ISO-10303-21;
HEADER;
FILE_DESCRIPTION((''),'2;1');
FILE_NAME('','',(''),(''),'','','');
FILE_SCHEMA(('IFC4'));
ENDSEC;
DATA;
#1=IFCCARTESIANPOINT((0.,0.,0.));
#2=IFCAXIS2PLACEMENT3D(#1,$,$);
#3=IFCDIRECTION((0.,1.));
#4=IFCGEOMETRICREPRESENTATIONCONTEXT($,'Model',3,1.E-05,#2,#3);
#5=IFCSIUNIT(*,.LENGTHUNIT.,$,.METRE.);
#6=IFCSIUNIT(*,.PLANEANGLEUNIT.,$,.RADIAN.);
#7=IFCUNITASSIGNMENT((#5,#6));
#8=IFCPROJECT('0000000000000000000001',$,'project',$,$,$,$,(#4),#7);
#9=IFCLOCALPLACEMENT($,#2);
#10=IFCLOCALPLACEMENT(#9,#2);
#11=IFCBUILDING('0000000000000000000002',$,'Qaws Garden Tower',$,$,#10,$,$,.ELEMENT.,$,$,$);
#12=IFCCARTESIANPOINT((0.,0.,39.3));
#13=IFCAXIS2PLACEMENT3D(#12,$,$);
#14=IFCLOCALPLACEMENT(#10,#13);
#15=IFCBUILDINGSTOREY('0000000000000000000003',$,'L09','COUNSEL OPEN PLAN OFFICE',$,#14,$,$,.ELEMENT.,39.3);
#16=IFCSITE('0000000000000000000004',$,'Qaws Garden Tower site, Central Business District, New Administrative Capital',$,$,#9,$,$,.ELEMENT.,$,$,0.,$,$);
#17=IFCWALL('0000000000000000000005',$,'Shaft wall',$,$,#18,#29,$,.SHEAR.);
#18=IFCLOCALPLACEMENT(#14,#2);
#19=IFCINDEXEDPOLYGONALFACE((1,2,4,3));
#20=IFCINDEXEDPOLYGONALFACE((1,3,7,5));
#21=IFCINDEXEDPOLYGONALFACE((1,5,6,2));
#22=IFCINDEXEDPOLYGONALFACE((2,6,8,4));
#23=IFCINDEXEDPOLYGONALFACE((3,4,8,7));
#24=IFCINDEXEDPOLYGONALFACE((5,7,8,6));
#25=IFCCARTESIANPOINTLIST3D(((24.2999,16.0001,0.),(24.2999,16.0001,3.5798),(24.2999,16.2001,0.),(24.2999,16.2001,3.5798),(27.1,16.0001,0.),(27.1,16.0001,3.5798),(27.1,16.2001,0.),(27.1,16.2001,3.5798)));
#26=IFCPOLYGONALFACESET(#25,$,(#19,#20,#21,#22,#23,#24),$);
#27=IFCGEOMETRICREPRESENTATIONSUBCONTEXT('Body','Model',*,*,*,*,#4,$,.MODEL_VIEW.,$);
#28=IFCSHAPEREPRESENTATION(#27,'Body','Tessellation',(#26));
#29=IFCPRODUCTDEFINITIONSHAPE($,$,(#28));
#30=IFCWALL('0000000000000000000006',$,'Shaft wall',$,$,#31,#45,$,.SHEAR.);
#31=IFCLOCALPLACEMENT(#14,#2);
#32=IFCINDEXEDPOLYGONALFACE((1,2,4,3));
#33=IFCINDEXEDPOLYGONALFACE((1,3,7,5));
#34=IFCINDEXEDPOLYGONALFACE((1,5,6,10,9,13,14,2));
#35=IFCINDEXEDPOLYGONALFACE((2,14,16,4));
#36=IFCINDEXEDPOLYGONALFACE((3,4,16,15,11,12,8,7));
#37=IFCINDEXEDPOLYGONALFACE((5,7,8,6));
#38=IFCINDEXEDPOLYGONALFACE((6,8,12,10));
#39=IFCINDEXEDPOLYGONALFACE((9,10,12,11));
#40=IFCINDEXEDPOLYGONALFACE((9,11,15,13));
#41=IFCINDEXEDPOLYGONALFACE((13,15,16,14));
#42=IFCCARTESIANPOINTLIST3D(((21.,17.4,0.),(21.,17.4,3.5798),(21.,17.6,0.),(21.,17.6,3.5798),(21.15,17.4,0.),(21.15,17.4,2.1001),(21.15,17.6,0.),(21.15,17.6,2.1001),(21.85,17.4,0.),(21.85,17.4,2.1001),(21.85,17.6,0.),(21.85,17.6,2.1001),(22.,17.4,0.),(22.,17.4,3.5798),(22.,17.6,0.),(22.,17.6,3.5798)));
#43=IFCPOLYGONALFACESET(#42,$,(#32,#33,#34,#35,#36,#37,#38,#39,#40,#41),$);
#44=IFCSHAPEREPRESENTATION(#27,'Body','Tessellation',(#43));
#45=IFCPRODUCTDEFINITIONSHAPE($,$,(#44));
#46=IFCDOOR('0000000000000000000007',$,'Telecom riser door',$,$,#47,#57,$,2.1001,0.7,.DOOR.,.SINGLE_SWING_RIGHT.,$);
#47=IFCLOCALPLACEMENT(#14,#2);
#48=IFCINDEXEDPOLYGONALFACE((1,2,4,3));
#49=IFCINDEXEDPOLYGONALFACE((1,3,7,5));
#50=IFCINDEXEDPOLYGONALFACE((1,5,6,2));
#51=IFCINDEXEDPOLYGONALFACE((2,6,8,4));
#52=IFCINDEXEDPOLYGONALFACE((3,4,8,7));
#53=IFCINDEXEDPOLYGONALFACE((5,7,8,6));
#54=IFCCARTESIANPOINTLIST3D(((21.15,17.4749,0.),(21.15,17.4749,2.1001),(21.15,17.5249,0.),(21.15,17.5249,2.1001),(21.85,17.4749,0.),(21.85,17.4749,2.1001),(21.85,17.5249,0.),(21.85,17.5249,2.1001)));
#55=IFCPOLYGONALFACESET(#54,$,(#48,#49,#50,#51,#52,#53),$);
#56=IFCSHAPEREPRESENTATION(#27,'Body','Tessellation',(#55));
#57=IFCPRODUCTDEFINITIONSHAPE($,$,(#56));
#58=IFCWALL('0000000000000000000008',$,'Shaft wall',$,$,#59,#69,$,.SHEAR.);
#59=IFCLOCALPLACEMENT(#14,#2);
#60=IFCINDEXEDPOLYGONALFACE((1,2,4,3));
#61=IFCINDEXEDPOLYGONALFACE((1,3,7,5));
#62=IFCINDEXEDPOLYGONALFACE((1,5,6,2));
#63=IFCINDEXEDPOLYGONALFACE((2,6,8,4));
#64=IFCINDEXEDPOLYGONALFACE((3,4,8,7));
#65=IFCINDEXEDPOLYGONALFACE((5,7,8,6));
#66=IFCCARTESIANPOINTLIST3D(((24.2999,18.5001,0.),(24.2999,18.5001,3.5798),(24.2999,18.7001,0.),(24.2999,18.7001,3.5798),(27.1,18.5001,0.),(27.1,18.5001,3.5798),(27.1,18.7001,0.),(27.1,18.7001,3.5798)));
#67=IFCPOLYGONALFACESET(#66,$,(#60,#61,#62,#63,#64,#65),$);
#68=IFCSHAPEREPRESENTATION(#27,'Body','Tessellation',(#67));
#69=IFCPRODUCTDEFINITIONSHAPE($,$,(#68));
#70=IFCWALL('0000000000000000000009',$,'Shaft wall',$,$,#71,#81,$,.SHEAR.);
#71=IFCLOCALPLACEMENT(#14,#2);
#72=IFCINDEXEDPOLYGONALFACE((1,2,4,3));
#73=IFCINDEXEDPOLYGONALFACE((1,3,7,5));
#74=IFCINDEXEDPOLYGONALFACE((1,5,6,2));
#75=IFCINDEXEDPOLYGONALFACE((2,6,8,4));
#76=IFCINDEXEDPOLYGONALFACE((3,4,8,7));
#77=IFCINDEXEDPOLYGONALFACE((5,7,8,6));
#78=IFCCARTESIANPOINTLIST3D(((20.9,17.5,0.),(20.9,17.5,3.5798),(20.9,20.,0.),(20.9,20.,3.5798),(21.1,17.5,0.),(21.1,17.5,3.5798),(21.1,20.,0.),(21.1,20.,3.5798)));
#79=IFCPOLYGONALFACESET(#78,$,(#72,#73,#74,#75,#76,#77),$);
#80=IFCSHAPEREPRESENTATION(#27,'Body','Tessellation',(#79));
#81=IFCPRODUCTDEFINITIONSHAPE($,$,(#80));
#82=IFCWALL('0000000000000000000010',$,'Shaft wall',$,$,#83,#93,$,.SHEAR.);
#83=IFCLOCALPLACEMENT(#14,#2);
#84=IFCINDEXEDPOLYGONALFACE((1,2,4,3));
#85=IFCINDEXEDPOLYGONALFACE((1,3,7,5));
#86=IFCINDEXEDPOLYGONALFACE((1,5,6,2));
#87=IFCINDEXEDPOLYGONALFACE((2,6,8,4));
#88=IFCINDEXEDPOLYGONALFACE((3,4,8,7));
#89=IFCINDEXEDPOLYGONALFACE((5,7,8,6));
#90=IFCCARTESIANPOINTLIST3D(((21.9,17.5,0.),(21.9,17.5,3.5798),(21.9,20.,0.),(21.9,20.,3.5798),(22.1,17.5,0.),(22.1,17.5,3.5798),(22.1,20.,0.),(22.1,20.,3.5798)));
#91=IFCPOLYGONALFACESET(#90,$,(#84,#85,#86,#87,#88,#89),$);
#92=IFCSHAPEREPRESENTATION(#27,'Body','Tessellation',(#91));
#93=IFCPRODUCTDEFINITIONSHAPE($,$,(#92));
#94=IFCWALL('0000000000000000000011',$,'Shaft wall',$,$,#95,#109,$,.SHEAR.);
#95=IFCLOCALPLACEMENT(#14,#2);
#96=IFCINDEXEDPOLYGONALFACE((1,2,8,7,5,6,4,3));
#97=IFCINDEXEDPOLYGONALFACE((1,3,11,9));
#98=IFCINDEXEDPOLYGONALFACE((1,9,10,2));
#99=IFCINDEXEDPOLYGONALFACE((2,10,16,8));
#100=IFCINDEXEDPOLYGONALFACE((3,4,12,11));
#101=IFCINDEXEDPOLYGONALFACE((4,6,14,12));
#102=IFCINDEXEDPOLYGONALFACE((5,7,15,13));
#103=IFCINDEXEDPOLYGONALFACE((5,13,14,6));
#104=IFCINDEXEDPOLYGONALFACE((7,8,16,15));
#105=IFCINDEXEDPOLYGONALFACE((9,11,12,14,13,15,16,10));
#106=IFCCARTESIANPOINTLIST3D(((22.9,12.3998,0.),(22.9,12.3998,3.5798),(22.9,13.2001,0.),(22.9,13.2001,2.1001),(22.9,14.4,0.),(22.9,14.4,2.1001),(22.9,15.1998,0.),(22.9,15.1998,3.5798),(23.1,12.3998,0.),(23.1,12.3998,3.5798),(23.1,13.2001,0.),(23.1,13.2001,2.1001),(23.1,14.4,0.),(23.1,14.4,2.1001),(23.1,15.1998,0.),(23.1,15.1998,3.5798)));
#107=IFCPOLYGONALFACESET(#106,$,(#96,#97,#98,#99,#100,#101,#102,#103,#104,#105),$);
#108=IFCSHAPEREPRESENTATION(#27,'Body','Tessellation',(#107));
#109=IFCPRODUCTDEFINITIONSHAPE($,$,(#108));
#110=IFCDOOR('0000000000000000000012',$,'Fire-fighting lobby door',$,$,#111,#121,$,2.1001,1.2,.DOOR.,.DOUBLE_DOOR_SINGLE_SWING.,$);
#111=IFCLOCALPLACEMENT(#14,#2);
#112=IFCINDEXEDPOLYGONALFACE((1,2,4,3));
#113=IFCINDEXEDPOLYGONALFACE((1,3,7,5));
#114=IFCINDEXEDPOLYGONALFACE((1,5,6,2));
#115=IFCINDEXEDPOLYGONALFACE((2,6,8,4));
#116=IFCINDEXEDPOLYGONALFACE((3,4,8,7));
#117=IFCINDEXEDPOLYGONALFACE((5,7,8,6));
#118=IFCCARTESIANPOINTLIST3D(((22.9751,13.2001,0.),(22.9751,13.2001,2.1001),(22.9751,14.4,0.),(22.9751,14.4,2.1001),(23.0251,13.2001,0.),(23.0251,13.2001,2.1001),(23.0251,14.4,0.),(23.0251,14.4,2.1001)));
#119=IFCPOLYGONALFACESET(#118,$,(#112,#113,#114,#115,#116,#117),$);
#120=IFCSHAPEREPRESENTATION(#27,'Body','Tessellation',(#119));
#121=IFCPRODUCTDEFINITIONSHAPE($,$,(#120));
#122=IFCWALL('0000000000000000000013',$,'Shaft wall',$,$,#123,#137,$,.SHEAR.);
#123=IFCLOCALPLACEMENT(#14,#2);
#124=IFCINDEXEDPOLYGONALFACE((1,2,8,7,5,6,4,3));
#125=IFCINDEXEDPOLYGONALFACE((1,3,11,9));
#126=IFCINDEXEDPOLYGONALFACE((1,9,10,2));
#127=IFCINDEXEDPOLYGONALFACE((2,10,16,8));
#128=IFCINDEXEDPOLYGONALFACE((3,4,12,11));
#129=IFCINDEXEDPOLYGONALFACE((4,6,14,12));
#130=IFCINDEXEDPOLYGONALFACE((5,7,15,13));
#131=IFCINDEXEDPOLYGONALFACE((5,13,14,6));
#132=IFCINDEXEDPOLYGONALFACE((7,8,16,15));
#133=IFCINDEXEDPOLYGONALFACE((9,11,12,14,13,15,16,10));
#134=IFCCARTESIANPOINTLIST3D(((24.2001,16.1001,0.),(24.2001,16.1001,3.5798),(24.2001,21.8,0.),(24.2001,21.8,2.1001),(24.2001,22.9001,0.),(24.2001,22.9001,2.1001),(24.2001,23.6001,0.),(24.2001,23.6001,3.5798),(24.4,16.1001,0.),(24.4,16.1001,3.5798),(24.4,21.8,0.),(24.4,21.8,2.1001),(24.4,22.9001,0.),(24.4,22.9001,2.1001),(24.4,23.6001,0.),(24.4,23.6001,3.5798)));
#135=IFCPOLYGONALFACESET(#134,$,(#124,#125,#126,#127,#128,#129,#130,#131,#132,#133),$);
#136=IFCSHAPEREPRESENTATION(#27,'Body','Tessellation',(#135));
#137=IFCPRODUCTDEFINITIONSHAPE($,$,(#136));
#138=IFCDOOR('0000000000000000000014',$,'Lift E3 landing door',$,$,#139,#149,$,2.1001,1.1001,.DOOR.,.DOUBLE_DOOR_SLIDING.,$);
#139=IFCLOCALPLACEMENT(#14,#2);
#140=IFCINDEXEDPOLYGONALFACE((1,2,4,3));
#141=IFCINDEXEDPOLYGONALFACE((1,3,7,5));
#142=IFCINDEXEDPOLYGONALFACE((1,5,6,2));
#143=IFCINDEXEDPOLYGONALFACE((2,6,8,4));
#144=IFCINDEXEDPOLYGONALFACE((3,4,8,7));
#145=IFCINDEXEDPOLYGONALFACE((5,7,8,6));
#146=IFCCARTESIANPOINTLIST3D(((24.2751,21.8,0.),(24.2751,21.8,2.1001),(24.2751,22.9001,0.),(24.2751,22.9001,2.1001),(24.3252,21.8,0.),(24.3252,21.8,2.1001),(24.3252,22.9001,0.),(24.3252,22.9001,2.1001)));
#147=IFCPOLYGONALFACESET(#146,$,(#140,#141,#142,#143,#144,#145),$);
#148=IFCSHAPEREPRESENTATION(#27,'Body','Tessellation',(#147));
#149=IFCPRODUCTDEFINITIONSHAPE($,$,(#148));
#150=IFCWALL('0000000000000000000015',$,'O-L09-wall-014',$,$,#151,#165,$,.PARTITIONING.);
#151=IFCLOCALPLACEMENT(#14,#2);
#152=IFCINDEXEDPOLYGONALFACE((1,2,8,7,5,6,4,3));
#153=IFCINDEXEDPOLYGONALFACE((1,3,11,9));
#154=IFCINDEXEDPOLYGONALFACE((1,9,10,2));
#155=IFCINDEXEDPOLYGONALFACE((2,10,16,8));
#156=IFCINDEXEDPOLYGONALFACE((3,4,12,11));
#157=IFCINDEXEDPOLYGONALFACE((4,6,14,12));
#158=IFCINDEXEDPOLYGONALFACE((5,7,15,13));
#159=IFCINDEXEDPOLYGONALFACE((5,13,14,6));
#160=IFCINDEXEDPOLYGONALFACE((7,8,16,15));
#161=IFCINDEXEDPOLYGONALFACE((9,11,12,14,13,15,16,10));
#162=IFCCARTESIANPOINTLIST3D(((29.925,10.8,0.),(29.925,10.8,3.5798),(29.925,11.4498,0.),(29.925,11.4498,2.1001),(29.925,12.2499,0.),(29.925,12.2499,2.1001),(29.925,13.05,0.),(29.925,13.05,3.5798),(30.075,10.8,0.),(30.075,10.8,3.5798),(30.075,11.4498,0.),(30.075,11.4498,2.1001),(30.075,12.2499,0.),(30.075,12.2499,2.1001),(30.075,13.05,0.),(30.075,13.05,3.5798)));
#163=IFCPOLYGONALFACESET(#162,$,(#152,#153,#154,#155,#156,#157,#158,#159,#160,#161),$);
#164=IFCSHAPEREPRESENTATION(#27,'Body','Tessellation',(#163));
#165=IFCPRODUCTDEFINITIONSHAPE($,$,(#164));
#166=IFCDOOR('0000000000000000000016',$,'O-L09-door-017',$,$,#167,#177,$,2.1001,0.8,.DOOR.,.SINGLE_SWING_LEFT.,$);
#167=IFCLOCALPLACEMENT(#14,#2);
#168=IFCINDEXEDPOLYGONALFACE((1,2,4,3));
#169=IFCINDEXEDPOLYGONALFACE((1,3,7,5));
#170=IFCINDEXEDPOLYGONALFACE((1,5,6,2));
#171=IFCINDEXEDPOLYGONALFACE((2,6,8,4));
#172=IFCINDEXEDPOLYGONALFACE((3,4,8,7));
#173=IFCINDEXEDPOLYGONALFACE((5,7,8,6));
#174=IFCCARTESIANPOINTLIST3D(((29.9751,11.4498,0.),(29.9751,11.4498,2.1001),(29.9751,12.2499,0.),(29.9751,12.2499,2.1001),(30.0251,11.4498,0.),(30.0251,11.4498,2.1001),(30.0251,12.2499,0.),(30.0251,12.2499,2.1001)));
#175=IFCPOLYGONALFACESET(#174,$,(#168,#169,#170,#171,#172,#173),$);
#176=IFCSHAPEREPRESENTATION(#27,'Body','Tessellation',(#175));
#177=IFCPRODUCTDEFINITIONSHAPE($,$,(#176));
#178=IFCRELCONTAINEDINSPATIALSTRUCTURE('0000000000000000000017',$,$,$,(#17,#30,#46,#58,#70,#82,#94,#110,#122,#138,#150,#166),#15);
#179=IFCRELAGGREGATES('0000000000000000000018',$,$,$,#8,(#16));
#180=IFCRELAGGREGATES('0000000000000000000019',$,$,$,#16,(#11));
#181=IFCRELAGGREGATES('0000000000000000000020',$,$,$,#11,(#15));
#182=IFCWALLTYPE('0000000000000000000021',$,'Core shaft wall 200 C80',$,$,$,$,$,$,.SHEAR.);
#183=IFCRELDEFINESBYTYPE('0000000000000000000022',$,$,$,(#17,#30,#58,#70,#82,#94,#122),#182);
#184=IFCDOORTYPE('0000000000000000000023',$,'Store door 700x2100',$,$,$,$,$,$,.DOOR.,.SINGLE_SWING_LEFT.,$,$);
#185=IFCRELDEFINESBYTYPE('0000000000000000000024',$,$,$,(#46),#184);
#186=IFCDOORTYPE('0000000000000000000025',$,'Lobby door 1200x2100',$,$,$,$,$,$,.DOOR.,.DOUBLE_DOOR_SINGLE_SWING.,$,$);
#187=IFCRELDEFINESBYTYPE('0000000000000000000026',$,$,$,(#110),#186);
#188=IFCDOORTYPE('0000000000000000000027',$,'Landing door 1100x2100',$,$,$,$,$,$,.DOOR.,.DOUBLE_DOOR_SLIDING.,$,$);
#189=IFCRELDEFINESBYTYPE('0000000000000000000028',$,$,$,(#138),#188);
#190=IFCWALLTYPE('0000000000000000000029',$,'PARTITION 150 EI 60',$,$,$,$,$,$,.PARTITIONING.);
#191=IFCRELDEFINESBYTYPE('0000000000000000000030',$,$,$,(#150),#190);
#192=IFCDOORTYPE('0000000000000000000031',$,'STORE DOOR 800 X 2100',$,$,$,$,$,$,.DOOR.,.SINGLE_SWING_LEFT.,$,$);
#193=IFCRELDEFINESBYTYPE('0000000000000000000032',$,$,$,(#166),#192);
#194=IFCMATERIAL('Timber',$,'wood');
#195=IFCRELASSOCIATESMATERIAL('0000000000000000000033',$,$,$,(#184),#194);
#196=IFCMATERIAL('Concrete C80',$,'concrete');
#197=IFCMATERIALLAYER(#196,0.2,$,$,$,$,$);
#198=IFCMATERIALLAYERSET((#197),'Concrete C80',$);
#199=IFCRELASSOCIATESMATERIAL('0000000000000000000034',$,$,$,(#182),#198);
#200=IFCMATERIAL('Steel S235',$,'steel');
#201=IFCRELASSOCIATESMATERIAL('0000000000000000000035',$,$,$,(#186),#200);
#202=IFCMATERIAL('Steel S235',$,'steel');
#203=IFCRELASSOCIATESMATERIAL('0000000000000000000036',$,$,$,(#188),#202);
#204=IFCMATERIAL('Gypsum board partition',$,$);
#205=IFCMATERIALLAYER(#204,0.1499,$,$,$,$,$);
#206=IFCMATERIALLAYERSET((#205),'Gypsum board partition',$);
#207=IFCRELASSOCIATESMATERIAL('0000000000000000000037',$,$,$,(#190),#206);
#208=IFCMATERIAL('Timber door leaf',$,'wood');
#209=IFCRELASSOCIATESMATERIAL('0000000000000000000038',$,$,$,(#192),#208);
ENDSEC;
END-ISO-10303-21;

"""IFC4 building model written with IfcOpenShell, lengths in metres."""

from ifc_helpers import new_model, si_unit, direction, frame, frame_2d, origin, place, context, subcontext, project, spatial, rectangle, extrude, material, layer, layer_set, type_object, element, fill, save


model = new_model("IFC4")

# Units and contexts
model_context = context("Model", 3, precision=1e-05, world=origin(), true_north=direction((0.0, 1.0)))
body_context = subcontext(model_context, "Body", "Model", "MODEL_VIEW")
ifc_project = project(units=[si_unit("LENGTHUNIT", "METRE"), si_unit("PLANEANGLEUNIT", "RADIAN")], contexts=[model_context])

# Site, building, storey
site_placement = place(None, origin())
site = spatial("IfcSite", under=ifc_project, at=site_placement, Name="Qaws Garden Tower site, Central Business District, New Administrative Capital", CompositionType="ELEMENT", RefElevation=0.0)
building_placement = place(site_placement, origin())
building = spatial("IfcBuilding", under=site, at=building_placement, Name="Qaws Garden Tower", CompositionType="ELEMENT")
storey_placement = place(building_placement, frame((0.0, 0.0, 39.3)))
storey = spatial("IfcBuildingStorey", under=building, at=storey_placement, Name="L09", Description="COUNSEL OPEN PLAN OFFICE", CompositionType="ELEMENT", Elevation=39.3)

# Shared definitions
ifc_material_1 = material(Name="Timber", Category="wood")
door_type_1 = type_object("IfcDoorType", Name="Store door 700x2100", OperationType="SINGLE_SWING_LEFT", PredefinedType="DOOR", material=ifc_material_1)

# Wall
ifc_material_2 = material(Name="Concrete C80", Category="concrete")
ifc_layer_1 = layer(ifc_material_2, 0.2)
ifc_layer_set_1 = layer_set([ifc_layer_1], Name="Concrete C80")
wall_type_1 = type_object("IfcWallType", Name="Core shaft wall 200 C80", PredefinedType="SHEAR", material=ifc_layer_set_1)
wall_1_placement = place(storey_placement, frame((24.3, 16.1001, 0.0), z_axis=(0.0, 0.0, 1.0), x_axis=(1.0, 0.0, 0.0)))
element("IfcWall", 1, at=wall_1_placement, inside=storey, type_object=wall_type_1, Name="Shaft wall", PredefinedType="SHEAR", context=body_context, shape_type="SweptSolid", body=[
    extrude(rectangle(XDim=2.8, YDim=0.2, at=frame_2d((1.3999, 0.0))), origin(), (0.0, 0.0, 1.0), 3.5798),
])

# Wall, opening, door
wall_2_placement = place(storey_placement, frame((21.0, 17.5, 0.0), z_axis=(0.0, 0.0, 1.0), x_axis=(1.0, 0.0, 0.0)))
wall_2 = element("IfcWall", 2, at=wall_2_placement, inside=storey, type_object=wall_type_1, Name="Shaft wall", PredefinedType="SHEAR", context=body_context, shape_type="SweptSolid", body=[
    extrude(rectangle(XDim=1.0, YDim=0.2, at=frame_2d((0.5, 0.0))), origin(), (0.0, 0.0, 1.0), 3.5798),
])
opening_1_placement = place(wall_2_placement, frame((0.1499, 0.0, 0.0)))
opening_1 = element("IfcOpeningElement", 3, at=opening_1_placement, cuts=wall_2, PredefinedType="OPENING", context=body_context, shape_type="SweptSolid", body=[
    extrude(rectangle(XDim=0.7, YDim=2.1001, at=frame_2d((0.3501, 1.05))), frame((0.0, 0.1099, 0.0), z_axis=(0.0, -1.0, 0.0), x_axis=(1.0, 0.0, 0.0)), (0.0, 0.0, 1.0), 0.22),
])
door_1_placement = place(opening_1_placement, origin())
door_1 = element("IfcDoor", 4, at=door_1_placement, inside=storey, type_object=door_type_1, Name="Telecom riser door", OperationType="SINGLE_SWING_RIGHT", OverallHeight=2.1001, OverallWidth=0.7, PredefinedType="DOOR", context=body_context, shape_type="SweptSolid", body=[
    extrude(rectangle(XDim=0.7, YDim=2.1001, at=frame_2d((0.3501, 1.05))), frame((0.0, 0.0249, 0.0), z_axis=(0.0, -1.0, 0.0), x_axis=(1.0, 0.0, 0.0)), (0.0, 0.0, 1.0), 0.05),
])
fill(opening_1, door_1)

# Walls
wall_3_placement = place(storey_placement, frame((24.3, 18.6001, 0.0), z_axis=(0.0, 0.0, 1.0), x_axis=(1.0, 0.0, 0.0)))
element("IfcWall", 5, at=wall_3_placement, inside=storey, type_object=wall_type_1, Name="Shaft wall", PredefinedType="SHEAR", context=body_context, shape_type="SweptSolid", body=[
    extrude(rectangle(XDim=2.8, YDim=0.2, at=frame_2d((1.3999, 0.0))), origin(), (0.0, 0.0, 1.0), 3.5798),
])
for number, where, z_axis, x_axis, name in (
    (6, (21.0, 17.5, 0.0), (0.0, 0.0, 1.0), (0.0, 1.0, 0.0), "Shaft wall"),
    (7, (22.0, 17.5, 0.0), (0.0, 0.0, 1.0), (0.0, 1.0, 0.0), "Shaft wall"),
):
    element("IfcWall", number, at=place(storey_placement, frame(where, z_axis=z_axis, x_axis=x_axis)), inside=storey, type_object=wall_type_1, Name=name, PredefinedType="SHEAR", context=body_context, shape_type="SweptSolid", body=[
        extrude(rectangle(XDim=2.5, YDim=0.2, at=frame_2d((1.25, 0.0))), origin(), (0.0, 0.0, 1.0), 3.5798),
    ])

# Walls, openings, doors
wall_4_placement = place(storey_placement, frame((23.0, 12.3999, 0.0), z_axis=(0.0, 0.0, 1.0), x_axis=(0.0, 1.0, 0.0)))
wall_4 = element("IfcWall", 8, at=wall_4_placement, inside=storey, type_object=wall_type_1, Name="Shaft wall", PredefinedType="SHEAR", context=body_context, shape_type="SweptSolid", body=[
    extrude(rectangle(XDim=2.8, YDim=0.2, at=frame_2d((1.3999, 0.0))), origin(), (0.0, 0.0, 1.0), 3.5798),
])
opening_2_placement = place(wall_4_placement, frame((0.8, 0.0, 0.0)))
opening_2 = element("IfcOpeningElement", 9, at=opening_2_placement, cuts=wall_4, PredefinedType="OPENING", context=body_context, shape_type="SweptSolid", body=[
    extrude(rectangle(XDim=1.2, YDim=2.1001, at=frame_2d((0.6001, 1.05))), frame((0.0, 0.1099, 0.0), z_axis=(0.0, -1.0, 0.0), x_axis=(1.0, 0.0, 0.0)), (0.0, 0.0, 1.0), 0.22),
])
ifc_material_3 = material(Name="Steel S235", Category="steel")
door_type_2 = type_object("IfcDoorType", Name="Lobby door 1200x2100", OperationType="DOUBLE_DOOR_SINGLE_SWING", PredefinedType="DOOR", material=ifc_material_3)
door_2_placement = place(opening_2_placement, origin())
door_2 = element("IfcDoor", 10, at=door_2_placement, inside=storey, type_object=door_type_2, Name="Fire-fighting lobby door", OperationType="DOUBLE_DOOR_SINGLE_SWING", OverallHeight=2.1001, OverallWidth=1.2, PredefinedType="DOOR", context=body_context, shape_type="SweptSolid", body=[
    extrude(rectangle(XDim=1.2, YDim=2.1001, at=frame_2d((0.6001, 1.05))), frame((0.0, 0.0249, 0.0), z_axis=(0.0, -1.0, 0.0), x_axis=(1.0, 0.0, 0.0)), (0.0, 0.0, 1.0), 0.05),
])
fill(opening_2, door_2)
wall_5_placement = place(storey_placement, frame((24.3, 16.1001, 0.0), z_axis=(0.0, 0.0, 1.0), x_axis=(0.0, 1.0, 0.0)))
wall_5 = element("IfcWall", 11, at=wall_5_placement, inside=storey, type_object=wall_type_1, Name="Shaft wall", PredefinedType="SHEAR", context=body_context, shape_type="SweptSolid", body=[
    extrude(rectangle(XDim=7.5, YDim=0.2, at=frame_2d((3.75, 0.0))), origin(), (0.0, 0.0, 1.0), 3.5798),
])
opening_3_placement = place(wall_5_placement, frame((5.7, 0.0, 0.0)))
opening_3 = element("IfcOpeningElement", 12, at=opening_3_placement, cuts=wall_5, PredefinedType="OPENING", context=body_context, shape_type="SweptSolid", body=[
    extrude(rectangle(XDim=1.1001, YDim=2.1001, at=frame_2d((0.55, 1.05))), frame((0.0, 0.1099, 0.0), z_axis=(0.0, -1.0, 0.0), x_axis=(1.0, 0.0, 0.0)), (0.0, 0.0, 1.0), 0.22),
])
ifc_material_4 = material(Name="Steel S235", Category="steel")
door_type_3 = type_object("IfcDoorType", Name="Landing door 1100x2100", OperationType="DOUBLE_DOOR_SLIDING", PredefinedType="DOOR", material=ifc_material_4)
door_3_placement = place(opening_3_placement, origin())
door_3 = element("IfcDoor", 13, at=door_3_placement, inside=storey, type_object=door_type_3, Name="Lift E3 landing door", OperationType="DOUBLE_DOOR_SLIDING", OverallHeight=2.1001, OverallWidth=1.1001, PredefinedType="DOOR", context=body_context, shape_type="SweptSolid", body=[
    extrude(rectangle(XDim=1.1001, YDim=2.1001, at=frame_2d((0.55, 1.05))), frame((0.0, 0.0249, 0.0), z_axis=(0.0, -1.0, 0.0), x_axis=(1.0, 0.0, 0.0)), (0.0, 0.0, 1.0), 0.05),
])
fill(opening_3, door_3)
ifc_material_5 = material(Name="Gypsum board partition")
ifc_layer_2 = layer(ifc_material_5, 0.1499)
ifc_layer_set_2 = layer_set([ifc_layer_2], Name="Gypsum board partition")
wall_type_2 = type_object("IfcWallType", Name="PARTITION 150 EI 60", PredefinedType="PARTITIONING", material=ifc_layer_set_2)
wall_6_placement = place(storey_placement, frame((30.0, 10.8, 0.0), z_axis=(0.0, 0.0, 1.0), x_axis=(0.0, 1.0, 0.0)))
wall_6 = element("IfcWall", 14, at=wall_6_placement, inside=storey, type_object=wall_type_2, Name="O-L09-wall-014", PredefinedType="PARTITIONING", context=body_context, shape_type="SweptSolid", body=[
    extrude(rectangle(XDim=2.25, YDim=0.1499, at=frame_2d((1.125, 0.0))), origin(), (0.0, 0.0, 1.0), 3.5798),
])
opening_4_placement = place(wall_6_placement, frame((0.6499, 0.0, 0.0)))
opening_4 = element("IfcOpeningElement", 15, at=opening_4_placement, cuts=wall_6, PredefinedType="OPENING", context=body_context, shape_type="SweptSolid", body=[
    extrude(rectangle(XDim=0.8, YDim=2.1001, at=frame_2d((0.3999, 1.05))), frame((0.0, 0.085, 0.0), z_axis=(0.0, -1.0, 0.0), x_axis=(1.0, 0.0, 0.0)), (0.0, 0.0, 1.0), 0.1699),
])
ifc_material_6 = material(Name="Timber door leaf", Category="wood")
door_type_4 = type_object("IfcDoorType", Name="STORE DOOR 800 X 2100", OperationType="SINGLE_SWING_LEFT", PredefinedType="DOOR", material=ifc_material_6)
door_4_placement = place(opening_4_placement, origin())
door_4 = element("IfcDoor", 16, at=door_4_placement, inside=storey, type_object=door_type_4, Name="O-L09-door-017", OperationType="SINGLE_SWING_LEFT", OverallHeight=2.1001, OverallWidth=0.8, PredefinedType="DOOR", context=body_context, shape_type="SweptSolid", body=[
    extrude(rectangle(XDim=0.8, YDim=2.1001, at=frame_2d((0.3999, 1.05))), frame((0.0, 0.0249, 0.0), z_axis=(0.0, -1.0, 0.0), x_axis=(1.0, 0.0, 0.0)), (0.0, 0.0, 1.0), 0.05),
])
fill(opening_4, door_4)

save(model, "model.ifc")
